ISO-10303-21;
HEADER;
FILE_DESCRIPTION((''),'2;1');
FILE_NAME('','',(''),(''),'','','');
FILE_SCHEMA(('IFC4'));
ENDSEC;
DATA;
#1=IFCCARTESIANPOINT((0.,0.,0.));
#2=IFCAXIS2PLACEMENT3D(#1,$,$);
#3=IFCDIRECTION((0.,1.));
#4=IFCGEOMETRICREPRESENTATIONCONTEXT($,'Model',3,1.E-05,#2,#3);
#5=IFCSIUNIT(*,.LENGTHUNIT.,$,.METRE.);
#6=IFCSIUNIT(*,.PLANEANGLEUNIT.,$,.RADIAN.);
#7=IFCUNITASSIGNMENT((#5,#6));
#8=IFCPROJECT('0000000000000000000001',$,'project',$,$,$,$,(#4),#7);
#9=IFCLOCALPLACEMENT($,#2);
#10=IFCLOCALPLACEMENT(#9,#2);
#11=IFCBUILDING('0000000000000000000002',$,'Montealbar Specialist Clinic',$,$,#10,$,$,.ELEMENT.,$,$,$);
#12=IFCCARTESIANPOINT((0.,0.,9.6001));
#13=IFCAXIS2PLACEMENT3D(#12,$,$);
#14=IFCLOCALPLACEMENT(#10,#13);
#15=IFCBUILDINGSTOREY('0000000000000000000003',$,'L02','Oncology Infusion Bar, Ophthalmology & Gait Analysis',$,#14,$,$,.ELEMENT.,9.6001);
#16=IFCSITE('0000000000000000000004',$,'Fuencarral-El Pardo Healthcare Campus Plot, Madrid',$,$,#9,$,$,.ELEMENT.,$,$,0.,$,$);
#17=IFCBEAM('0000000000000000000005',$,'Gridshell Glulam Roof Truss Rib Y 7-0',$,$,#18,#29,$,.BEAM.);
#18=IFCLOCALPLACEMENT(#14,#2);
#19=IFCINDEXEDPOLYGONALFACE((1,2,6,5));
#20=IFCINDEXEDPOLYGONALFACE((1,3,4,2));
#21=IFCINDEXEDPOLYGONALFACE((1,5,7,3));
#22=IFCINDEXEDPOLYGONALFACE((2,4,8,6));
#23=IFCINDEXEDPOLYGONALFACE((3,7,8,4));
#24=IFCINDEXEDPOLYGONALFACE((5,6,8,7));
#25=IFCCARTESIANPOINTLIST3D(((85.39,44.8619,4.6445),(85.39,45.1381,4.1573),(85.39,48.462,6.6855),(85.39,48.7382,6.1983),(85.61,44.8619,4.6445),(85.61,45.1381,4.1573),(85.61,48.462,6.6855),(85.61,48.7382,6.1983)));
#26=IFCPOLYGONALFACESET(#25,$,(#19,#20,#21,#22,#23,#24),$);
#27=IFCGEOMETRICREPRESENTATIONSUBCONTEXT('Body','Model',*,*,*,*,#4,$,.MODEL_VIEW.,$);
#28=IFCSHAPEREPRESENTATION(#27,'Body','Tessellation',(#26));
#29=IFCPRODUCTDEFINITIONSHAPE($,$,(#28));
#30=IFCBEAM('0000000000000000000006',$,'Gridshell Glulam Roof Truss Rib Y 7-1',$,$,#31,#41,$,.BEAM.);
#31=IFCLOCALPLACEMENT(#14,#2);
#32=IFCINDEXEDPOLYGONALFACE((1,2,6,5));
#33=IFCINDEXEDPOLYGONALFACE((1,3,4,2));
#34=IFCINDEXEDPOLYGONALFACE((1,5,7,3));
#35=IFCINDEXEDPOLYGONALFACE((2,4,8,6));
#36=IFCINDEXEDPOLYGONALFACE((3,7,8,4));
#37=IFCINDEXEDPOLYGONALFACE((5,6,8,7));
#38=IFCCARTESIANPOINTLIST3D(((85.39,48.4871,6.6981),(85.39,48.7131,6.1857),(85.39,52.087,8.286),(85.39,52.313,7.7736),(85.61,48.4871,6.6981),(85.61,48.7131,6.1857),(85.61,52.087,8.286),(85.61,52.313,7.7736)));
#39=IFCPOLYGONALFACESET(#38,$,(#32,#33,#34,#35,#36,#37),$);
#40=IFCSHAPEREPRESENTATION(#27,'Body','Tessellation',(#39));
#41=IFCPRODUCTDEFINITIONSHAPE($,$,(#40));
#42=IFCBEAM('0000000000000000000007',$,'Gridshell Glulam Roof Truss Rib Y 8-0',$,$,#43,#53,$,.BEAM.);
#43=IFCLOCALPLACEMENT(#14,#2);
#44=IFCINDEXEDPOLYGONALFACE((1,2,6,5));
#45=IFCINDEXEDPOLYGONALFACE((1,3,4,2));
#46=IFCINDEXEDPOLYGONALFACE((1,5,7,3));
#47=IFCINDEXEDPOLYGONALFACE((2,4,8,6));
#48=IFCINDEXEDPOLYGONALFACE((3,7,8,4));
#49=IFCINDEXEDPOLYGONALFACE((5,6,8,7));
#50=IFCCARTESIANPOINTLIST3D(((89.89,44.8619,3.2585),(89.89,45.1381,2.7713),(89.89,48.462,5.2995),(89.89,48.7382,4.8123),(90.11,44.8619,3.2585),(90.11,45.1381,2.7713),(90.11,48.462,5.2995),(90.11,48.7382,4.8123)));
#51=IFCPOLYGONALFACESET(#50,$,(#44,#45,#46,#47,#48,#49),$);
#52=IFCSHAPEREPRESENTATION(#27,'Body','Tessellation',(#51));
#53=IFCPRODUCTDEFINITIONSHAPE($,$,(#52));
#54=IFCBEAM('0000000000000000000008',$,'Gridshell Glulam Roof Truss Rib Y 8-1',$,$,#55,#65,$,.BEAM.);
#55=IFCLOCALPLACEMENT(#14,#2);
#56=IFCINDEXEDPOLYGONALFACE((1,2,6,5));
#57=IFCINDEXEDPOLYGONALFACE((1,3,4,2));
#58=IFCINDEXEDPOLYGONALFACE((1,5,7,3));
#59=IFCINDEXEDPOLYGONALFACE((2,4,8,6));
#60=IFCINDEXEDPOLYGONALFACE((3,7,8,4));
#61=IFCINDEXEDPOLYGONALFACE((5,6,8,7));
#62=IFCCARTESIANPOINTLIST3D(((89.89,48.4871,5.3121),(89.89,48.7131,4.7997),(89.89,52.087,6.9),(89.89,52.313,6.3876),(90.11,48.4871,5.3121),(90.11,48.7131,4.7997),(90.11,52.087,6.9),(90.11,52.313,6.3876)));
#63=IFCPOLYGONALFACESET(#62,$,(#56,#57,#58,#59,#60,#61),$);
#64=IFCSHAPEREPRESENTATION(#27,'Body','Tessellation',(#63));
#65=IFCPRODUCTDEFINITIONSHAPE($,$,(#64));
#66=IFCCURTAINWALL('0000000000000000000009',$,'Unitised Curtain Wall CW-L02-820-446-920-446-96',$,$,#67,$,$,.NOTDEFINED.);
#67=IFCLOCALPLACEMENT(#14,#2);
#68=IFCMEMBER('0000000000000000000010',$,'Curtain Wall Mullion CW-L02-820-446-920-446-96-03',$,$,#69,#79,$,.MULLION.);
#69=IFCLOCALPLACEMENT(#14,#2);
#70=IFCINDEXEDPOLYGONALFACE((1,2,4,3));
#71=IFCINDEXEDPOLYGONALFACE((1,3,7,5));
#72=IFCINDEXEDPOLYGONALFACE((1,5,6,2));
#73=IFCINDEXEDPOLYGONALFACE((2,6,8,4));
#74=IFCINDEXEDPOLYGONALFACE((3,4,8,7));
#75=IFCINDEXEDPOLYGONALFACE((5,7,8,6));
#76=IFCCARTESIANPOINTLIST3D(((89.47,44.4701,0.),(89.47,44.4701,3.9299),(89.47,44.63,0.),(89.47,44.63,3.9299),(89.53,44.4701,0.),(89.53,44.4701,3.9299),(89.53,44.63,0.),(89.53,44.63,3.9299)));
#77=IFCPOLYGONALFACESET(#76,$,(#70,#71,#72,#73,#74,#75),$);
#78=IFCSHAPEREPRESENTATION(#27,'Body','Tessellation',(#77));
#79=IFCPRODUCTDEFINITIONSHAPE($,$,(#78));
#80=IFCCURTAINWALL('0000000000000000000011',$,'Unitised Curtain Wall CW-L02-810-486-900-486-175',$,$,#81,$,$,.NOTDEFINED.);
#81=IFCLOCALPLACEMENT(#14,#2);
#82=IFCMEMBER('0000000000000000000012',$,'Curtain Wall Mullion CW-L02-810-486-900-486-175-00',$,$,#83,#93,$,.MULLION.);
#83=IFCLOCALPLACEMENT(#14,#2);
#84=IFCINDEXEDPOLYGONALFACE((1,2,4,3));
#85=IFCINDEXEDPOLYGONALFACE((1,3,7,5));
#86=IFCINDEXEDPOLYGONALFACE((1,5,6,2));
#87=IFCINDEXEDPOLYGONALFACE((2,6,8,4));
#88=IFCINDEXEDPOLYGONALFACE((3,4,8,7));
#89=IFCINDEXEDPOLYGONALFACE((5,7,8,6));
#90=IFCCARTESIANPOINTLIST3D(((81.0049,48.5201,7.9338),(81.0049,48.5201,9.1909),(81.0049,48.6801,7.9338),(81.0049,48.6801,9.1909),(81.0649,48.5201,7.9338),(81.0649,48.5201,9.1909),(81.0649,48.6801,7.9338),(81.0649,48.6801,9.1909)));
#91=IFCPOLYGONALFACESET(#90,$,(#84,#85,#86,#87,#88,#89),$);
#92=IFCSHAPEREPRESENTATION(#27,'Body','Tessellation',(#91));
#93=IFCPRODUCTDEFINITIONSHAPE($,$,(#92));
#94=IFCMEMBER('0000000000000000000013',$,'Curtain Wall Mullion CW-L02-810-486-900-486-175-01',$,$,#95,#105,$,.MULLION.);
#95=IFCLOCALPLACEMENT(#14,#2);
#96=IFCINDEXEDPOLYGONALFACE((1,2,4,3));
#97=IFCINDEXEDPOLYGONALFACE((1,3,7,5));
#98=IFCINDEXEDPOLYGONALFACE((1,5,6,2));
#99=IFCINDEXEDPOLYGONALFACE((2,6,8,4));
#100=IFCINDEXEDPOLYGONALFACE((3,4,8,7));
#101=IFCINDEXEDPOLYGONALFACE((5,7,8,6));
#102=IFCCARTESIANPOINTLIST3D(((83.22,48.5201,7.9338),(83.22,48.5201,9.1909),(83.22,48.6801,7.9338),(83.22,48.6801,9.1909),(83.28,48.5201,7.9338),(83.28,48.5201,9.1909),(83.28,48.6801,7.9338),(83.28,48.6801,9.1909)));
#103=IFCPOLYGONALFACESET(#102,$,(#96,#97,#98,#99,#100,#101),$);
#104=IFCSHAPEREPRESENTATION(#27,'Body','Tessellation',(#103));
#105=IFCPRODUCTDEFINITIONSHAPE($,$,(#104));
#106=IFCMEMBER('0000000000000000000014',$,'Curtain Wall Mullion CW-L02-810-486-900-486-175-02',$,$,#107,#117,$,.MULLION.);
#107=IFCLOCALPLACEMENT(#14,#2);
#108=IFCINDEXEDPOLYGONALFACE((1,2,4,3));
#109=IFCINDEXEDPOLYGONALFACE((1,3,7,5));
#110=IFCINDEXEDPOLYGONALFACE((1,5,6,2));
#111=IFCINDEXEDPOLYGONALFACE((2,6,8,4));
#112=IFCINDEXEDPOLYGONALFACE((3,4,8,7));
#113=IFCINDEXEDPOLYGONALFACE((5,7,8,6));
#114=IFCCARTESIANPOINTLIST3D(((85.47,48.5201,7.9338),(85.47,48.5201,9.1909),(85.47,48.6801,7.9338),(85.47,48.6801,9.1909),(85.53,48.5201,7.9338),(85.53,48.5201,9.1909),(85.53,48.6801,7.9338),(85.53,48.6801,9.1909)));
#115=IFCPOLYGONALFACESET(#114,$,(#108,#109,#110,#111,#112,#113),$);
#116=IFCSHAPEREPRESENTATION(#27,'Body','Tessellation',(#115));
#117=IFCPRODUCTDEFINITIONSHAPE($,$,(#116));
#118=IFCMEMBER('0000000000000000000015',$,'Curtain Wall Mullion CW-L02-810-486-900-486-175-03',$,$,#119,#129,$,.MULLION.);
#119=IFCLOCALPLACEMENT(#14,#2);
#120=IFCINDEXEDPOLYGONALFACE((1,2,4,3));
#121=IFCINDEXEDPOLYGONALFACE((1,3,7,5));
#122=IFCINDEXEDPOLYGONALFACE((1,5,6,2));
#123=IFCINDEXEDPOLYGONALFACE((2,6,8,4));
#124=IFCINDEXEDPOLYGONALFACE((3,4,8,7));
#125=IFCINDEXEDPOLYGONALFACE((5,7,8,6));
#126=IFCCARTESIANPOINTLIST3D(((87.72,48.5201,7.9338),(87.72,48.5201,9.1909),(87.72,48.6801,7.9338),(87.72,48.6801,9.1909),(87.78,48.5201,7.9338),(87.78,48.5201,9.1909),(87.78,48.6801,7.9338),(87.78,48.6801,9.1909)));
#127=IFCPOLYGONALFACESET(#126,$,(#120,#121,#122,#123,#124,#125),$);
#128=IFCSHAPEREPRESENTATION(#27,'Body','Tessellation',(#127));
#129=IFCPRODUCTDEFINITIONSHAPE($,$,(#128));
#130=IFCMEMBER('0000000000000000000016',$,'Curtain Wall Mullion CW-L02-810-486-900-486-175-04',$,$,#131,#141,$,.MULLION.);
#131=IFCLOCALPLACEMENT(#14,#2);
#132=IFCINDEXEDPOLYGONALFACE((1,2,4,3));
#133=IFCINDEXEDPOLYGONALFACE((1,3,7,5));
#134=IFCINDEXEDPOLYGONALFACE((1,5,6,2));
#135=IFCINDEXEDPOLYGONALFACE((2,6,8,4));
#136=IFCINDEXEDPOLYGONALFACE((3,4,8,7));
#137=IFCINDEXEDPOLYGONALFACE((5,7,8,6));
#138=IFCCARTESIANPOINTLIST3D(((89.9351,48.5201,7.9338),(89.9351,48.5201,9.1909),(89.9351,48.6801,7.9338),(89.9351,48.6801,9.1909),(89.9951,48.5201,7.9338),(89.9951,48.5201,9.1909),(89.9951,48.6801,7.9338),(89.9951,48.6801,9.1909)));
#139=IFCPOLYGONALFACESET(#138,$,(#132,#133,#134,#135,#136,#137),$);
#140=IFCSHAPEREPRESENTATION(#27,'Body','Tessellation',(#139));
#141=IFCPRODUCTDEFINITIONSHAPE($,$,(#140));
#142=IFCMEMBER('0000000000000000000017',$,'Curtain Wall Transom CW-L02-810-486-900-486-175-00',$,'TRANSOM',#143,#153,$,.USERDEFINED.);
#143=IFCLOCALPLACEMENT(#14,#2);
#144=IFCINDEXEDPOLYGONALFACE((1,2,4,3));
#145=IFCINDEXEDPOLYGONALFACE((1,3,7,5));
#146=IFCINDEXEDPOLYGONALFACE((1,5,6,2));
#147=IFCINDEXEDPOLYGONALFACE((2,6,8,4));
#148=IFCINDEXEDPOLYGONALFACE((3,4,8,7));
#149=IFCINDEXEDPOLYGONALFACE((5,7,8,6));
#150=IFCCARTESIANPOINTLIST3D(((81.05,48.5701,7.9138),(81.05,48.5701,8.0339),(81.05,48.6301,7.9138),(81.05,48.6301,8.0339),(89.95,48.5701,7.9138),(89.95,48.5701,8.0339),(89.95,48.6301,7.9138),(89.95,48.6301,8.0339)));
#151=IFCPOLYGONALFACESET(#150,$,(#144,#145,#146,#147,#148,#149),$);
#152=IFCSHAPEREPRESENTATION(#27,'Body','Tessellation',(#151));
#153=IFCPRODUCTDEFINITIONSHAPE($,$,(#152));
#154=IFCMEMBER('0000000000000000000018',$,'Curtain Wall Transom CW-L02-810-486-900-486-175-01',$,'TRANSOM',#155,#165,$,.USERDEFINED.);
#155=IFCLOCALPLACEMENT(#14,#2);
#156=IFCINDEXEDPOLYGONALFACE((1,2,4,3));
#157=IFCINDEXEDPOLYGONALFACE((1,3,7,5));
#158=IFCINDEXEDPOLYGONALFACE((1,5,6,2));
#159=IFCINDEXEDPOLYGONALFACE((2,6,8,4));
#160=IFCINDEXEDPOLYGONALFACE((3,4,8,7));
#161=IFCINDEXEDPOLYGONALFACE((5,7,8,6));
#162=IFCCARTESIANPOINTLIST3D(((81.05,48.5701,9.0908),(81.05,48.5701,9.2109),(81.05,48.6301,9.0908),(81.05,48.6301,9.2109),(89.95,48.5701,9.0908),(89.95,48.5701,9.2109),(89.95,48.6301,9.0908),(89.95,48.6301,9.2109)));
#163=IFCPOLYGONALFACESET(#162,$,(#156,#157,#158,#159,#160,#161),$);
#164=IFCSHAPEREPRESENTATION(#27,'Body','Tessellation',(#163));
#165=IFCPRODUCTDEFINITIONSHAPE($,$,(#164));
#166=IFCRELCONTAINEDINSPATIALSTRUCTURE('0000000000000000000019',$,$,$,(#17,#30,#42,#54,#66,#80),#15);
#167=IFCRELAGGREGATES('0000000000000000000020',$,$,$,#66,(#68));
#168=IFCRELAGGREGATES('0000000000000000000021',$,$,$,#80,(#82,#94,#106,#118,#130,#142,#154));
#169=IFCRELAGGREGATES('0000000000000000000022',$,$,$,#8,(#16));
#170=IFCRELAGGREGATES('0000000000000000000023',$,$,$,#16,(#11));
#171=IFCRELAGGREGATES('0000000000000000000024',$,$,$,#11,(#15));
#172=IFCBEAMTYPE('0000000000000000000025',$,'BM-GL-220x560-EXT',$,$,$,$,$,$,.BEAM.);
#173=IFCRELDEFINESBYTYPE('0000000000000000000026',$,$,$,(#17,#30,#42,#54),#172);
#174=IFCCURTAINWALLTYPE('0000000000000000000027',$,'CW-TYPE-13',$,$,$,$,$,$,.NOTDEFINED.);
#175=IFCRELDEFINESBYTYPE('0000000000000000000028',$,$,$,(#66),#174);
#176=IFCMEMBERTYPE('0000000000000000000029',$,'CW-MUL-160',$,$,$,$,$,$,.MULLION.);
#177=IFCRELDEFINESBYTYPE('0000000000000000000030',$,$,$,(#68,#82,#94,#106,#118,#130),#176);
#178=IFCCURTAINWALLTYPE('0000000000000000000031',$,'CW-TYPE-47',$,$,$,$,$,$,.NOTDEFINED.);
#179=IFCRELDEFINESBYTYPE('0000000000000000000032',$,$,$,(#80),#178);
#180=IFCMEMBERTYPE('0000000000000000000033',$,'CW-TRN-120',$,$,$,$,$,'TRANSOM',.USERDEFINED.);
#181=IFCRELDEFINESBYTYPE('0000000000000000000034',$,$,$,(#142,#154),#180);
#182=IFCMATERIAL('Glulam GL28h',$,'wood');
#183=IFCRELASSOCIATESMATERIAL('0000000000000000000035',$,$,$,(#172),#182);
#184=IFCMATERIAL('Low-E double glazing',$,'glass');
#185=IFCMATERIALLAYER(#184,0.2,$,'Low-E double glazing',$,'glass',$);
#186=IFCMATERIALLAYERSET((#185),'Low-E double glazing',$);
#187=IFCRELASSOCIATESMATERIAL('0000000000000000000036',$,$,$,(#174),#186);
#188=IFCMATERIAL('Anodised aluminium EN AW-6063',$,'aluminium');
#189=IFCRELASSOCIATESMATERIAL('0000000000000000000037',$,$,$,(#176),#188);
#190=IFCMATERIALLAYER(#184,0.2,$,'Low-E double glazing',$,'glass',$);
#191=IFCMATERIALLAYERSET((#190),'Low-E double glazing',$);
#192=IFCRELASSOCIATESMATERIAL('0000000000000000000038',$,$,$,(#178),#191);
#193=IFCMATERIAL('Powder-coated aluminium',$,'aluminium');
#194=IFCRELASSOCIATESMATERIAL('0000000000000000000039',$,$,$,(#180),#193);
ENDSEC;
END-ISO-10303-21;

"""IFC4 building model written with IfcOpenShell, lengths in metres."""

from ifc_helpers import new_model, si_unit, direction, frame, origin, origin_2d, place, context, subcontext, project, spatial, rectangle, extrude, material, layer, layer_set, material_profile, profile_set, type_object, element, aggregate, save


model = new_model("IFC4")

# Units and contexts
model_context = context("Model", 3, precision=1e-05, world=origin(), true_north=direction((0.0, 1.0)))
body_context = subcontext(model_context, "Body", "Model", "MODEL_VIEW")
ifc_project = project(units=[si_unit("LENGTHUNIT", "METRE"), si_unit("PLANEANGLEUNIT", "RADIAN")], contexts=[model_context])

# Site, building, storey
site_placement = place(None, origin())
site = spatial("IfcSite", under=ifc_project, at=site_placement, Name="Fuencarral-El Pardo Healthcare Campus Plot, Madrid", CompositionType="ELEMENT", RefElevation=0.0)
building_placement = place(site_placement, origin())
building = spatial("IfcBuilding", under=site, at=building_placement, Name="Montealbar Specialist Clinic", CompositionType="ELEMENT")
storey_placement = place(building_placement, frame((0.0, 0.0, 9.6001)))
storey = spatial("IfcBuildingStorey", under=building, at=storey_placement, Name="L02", Description="Oncology Infusion Bar, Ophthalmology & Gait Analysis", CompositionType="ELEMENT", Elevation=9.6001)

# Beams
ifc_material_1 = material(Name="Glulam GL28h", Category="wood")
ifc_material_profile_1 = material_profile(ifc_material_1, rectangle(XDim=0.22, YDim=0.5601, at=origin_2d()), Name="GL28h 220x560", Category="wood")
ifc_profile_set_1 = profile_set([ifc_material_profile_1], Name="Glulam GL28h")
beam_type_1 = type_object("IfcBeamType", Name="BM-GL-220x560-EXT", PredefinedType="BEAM", material=ifc_profile_set_1)
beam_1_placement = place(storey_placement, frame((85.5, 45.0, 4.4009), z_axis=(0.0, 0.869923, 0.493188), x_axis=(-1.0, 0.0, 0.0)))
element("IfcBeam", 1, at=beam_1_placement, inside=storey, type_object=beam_type_1, Name="Gridshell Glulam Roof Truss Rib Y 7-0", PredefinedType="BEAM", context=body_context, shape_type="SweptSolid", body=[
    extrude(rectangle(XDim=0.22, YDim=0.5601, at=origin_2d()), origin(), (0.0, 0.0, 1.0), 4.1384),
])
beam_2_placement = place(storey_placement, frame((85.5, 48.6001, 6.4419), z_axis=(0.0, 0.914944, 0.403581), x_axis=(-1.0, 0.0, 0.0)))
element("IfcBeam", 2, at=beam_2_placement, inside=storey, type_object=beam_type_1, Name="Gridshell Glulam Roof Truss Rib Y 7-1", PredefinedType="BEAM", context=body_context, shape_type="SweptSolid", body=[
    extrude(rectangle(XDim=0.22, YDim=0.5601, at=origin_2d()), origin(), (0.0, 0.0, 1.0), 3.9346),
])
beam_3_placement = place(storey_placement, frame((90.0, 45.0, 3.0149), z_axis=(0.0, 0.869923, 0.493188), x_axis=(-1.0, 0.0, 0.0)))
element("IfcBeam", 3, at=beam_3_placement, inside=storey, type_object=beam_type_1, Name="Gridshell Glulam Roof Truss Rib Y 8-0", PredefinedType="BEAM", context=body_context, shape_type="SweptSolid", body=[
    extrude(rectangle(XDim=0.22, YDim=0.5601, at=origin_2d()), origin(), (0.0, 0.0, 1.0), 4.1384),
])
beam_4_placement = place(storey_placement, frame((90.0, 48.6001, 5.0559), z_axis=(0.0, 0.914944, 0.403581), x_axis=(-1.0, 0.0, 0.0)))
element("IfcBeam", 4, at=beam_4_placement, inside=storey, type_object=beam_type_1, Name="Gridshell Glulam Roof Truss Rib Y 8-1", PredefinedType="BEAM", context=body_context, shape_type="SweptSolid", body=[
    extrude(rectangle(XDim=0.22, YDim=0.5601, at=origin_2d()), origin(), (0.0, 0.0, 1.0), 3.9346),
])

# Curtain wall, member
ifc_material_2 = material(Name="Low-E double glazing", Category="glass")
ifc_layer_1 = layer(ifc_material_2, 0.2, Name="Low-E double glazing", Category="glass")
ifc_layer_set_1 = layer_set([ifc_layer_1], Name="Low-E double glazing")
curtain_wall_type_1 = type_object("IfcCurtainWallType", Name="CW-TYPE-13", PredefinedType="NOTDEFINED", material=ifc_layer_set_1)
curtain_wall_1_placement = place(storey_placement, origin())
curtain_wall_1 = element("IfcCurtainWall", 5, at=curtain_wall_1_placement, inside=storey, type_object=curtain_wall_type_1, Name="Unitised Curtain Wall CW-L02-820-446-920-446-96", PredefinedType="NOTDEFINED")
ifc_material_3 = material(Name="Anodised aluminium EN AW-6063", Category="aluminium")
ifc_material_profile_2 = material_profile(ifc_material_3, rectangle(XDim=0.0601, YDim=0.1599, at=origin_2d()), Name="ALU 60x160", Category="aluminium")
ifc_profile_set_2 = profile_set([ifc_material_profile_2], Name="Anodised aluminium EN AW-6063")
member_type_1 = type_object("IfcMemberType", Name="CW-MUL-160", PredefinedType="MULLION", material=ifc_profile_set_2)
member_1_placement = place(storey_placement, frame((89.5, 44.55, 0.0), z_axis=(0.0, 0.0, 1.0), x_axis=(1.0, 0.0, 0.0)))
member_1 = element("IfcMember", 6, at=member_1_placement, type_object=member_type_1, Name="Curtain Wall Mullion CW-L02-820-446-920-446-96-03", PredefinedType="MULLION", context=body_context, shape_type="SweptSolid", body=[
    extrude(rectangle(XDim=0.0601, YDim=0.1599, at=origin_2d()), origin(), (0.0, 0.0, 1.0), 3.9299),
])
aggregate(curtain_wall_1, [member_1])

# Curtain wall, members
ifc_layer_2 = layer(ifc_material_2, 0.2, Name="Low-E double glazing", Category="glass")
ifc_layer_set_2 = layer_set([ifc_layer_2], Name="Low-E double glazing")
curtain_wall_type_2 = type_object("IfcCurtainWallType", Name="CW-TYPE-47", PredefinedType="NOTDEFINED", material=ifc_layer_set_2)
curtain_wall_2_placement = place(storey_placement, origin())
curtain_wall_2 = element("IfcCurtainWall", 7, at=curtain_wall_2_placement, inside=storey, type_object=curtain_wall_type_2, Name="Unitised Curtain Wall CW-L02-810-486-900-486-175", PredefinedType="NOTDEFINED")
member_2_placement = place(storey_placement, frame((81.0349, 48.6001, 7.9338), z_axis=(0.0, 0.0, 1.0), x_axis=(1.0, 0.0, 0.0)))
member_2 = element("IfcMember", 8, at=member_2_placement, type_object=member_type_1, Name="Curtain Wall Mullion CW-L02-810-486-900-486-175-00", PredefinedType="MULLION", context=body_context, shape_type="SweptSolid", body=[
    extrude(rectangle(XDim=0.0601, YDim=0.1599, at=origin_2d()), origin(), (0.0, 0.0, 1.0), 1.2571),
])
member_3_placement = place(storey_placement, frame((83.25, 48.6001, 7.9338), z_axis=(0.0, 0.0, 1.0), x_axis=(1.0, 0.0, 0.0)))
member_3 = element("IfcMember", 9, at=member_3_placement, type_object=member_type_1, Name="Curtain Wall Mullion CW-L02-810-486-900-486-175-01", PredefinedType="MULLION", context=body_context, shape_type="SweptSolid", body=[
    extrude(rectangle(XDim=0.0601, YDim=0.1599, at=origin_2d()), origin(), (0.0, 0.0, 1.0), 1.2571),
])
member_4_placement = place(storey_placement, frame((85.5, 48.6001, 7.9338), z_axis=(0.0, 0.0, 1.0), x_axis=(1.0, 0.0, 0.0)))
member_4 = element("IfcMember", 10, at=member_4_placement, type_object=member_type_1, Name="Curtain Wall Mullion CW-L02-810-486-900-486-175-02", PredefinedType="MULLION", context=body_context, shape_type="SweptSolid", body=[
    extrude(rectangle(XDim=0.0601, YDim=0.1599, at=origin_2d()), origin(), (0.0, 0.0, 1.0), 1.2571),
])
member_5_placement = place(storey_placement, frame((87.75, 48.6001, 7.9338), z_axis=(0.0, 0.0, 1.0), x_axis=(1.0, 0.0, 0.0)))
member_5 = element("IfcMember", 11, at=member_5_placement, type_object=member_type_1, Name="Curtain Wall Mullion CW-L02-810-486-900-486-175-03", PredefinedType="MULLION", context=body_context, shape_type="SweptSolid", body=[
    extrude(rectangle(XDim=0.0601, YDim=0.1599, at=origin_2d()), origin(), (0.0, 0.0, 1.0), 1.2571),
])
member_6_placement = place(storey_placement, frame((89.9651, 48.6001, 7.9338), z_axis=(0.0, 0.0, 1.0), x_axis=(1.0, 0.0, 0.0)))
member_6 = element("IfcMember", 12, at=member_6_placement, type_object=member_type_1, Name="Curtain Wall Mullion CW-L02-810-486-900-486-175-04", PredefinedType="MULLION", context=body_context, shape_type="SweptSolid", body=[
    extrude(rectangle(XDim=0.0601, YDim=0.1599, at=origin_2d()), origin(), (0.0, 0.0, 1.0), 1.2571),
])
ifc_material_4 = material(Name="Powder-coated aluminium", Category="aluminium")
ifc_material_profile_3 = material_profile(ifc_material_4, rectangle(XDim=0.0601, YDim=0.1201, at=origin_2d()), Name="ALU 60x120", Category="aluminium")
ifc_profile_set_3 = profile_set([ifc_material_profile_3], Name="Powder-coated aluminium")
member_type_2 = type_object("IfcMemberType", Name="CW-TRN-120", ElementType="TRANSOM", PredefinedType="USERDEFINED", material=ifc_profile_set_3)
member_7_placement = place(storey_placement, frame((81.05, 48.6001, 7.9739), z_axis=(1.0, 0.0, 0.0), x_axis=(0.0, 1.0, 0.0)))
member_7 = element("IfcMember", 13, at=member_7_placement, type_object=member_type_2, Name="Curtain Wall Transom CW-L02-810-486-900-486-175-00", ObjectType="TRANSOM", PredefinedType="USERDEFINED", context=body_context, shape_type="SweptSolid", body=[
    extrude(rectangle(XDim=0.0601, YDim=0.1201, at=origin_2d()), origin(), (0.0, 0.0, 1.0), 8.8999),
])
member_8_placement = place(storey_placement, frame((81.05, 48.6001, 9.1509), z_axis=(1.0, 0.0, 0.0), x_axis=(0.0, 1.0, 0.0)))
member_8 = element("IfcMember", 14, at=member_8_placement, type_object=member_type_2, Name="Curtain Wall Transom CW-L02-810-486-900-486-175-01", ObjectType="TRANSOM", PredefinedType="USERDEFINED", context=body_context, shape_type="SweptSolid", body=[
    extrude(rectangle(XDim=0.0601, YDim=0.1201, at=origin_2d()), origin(), (0.0, 0.0, 1.0), 8.8999),
])

aggregate(curtain_wall_2, [member_2, member_3, member_4, member_5, member_6, member_7, member_8])

save(model, "model.ifc")
